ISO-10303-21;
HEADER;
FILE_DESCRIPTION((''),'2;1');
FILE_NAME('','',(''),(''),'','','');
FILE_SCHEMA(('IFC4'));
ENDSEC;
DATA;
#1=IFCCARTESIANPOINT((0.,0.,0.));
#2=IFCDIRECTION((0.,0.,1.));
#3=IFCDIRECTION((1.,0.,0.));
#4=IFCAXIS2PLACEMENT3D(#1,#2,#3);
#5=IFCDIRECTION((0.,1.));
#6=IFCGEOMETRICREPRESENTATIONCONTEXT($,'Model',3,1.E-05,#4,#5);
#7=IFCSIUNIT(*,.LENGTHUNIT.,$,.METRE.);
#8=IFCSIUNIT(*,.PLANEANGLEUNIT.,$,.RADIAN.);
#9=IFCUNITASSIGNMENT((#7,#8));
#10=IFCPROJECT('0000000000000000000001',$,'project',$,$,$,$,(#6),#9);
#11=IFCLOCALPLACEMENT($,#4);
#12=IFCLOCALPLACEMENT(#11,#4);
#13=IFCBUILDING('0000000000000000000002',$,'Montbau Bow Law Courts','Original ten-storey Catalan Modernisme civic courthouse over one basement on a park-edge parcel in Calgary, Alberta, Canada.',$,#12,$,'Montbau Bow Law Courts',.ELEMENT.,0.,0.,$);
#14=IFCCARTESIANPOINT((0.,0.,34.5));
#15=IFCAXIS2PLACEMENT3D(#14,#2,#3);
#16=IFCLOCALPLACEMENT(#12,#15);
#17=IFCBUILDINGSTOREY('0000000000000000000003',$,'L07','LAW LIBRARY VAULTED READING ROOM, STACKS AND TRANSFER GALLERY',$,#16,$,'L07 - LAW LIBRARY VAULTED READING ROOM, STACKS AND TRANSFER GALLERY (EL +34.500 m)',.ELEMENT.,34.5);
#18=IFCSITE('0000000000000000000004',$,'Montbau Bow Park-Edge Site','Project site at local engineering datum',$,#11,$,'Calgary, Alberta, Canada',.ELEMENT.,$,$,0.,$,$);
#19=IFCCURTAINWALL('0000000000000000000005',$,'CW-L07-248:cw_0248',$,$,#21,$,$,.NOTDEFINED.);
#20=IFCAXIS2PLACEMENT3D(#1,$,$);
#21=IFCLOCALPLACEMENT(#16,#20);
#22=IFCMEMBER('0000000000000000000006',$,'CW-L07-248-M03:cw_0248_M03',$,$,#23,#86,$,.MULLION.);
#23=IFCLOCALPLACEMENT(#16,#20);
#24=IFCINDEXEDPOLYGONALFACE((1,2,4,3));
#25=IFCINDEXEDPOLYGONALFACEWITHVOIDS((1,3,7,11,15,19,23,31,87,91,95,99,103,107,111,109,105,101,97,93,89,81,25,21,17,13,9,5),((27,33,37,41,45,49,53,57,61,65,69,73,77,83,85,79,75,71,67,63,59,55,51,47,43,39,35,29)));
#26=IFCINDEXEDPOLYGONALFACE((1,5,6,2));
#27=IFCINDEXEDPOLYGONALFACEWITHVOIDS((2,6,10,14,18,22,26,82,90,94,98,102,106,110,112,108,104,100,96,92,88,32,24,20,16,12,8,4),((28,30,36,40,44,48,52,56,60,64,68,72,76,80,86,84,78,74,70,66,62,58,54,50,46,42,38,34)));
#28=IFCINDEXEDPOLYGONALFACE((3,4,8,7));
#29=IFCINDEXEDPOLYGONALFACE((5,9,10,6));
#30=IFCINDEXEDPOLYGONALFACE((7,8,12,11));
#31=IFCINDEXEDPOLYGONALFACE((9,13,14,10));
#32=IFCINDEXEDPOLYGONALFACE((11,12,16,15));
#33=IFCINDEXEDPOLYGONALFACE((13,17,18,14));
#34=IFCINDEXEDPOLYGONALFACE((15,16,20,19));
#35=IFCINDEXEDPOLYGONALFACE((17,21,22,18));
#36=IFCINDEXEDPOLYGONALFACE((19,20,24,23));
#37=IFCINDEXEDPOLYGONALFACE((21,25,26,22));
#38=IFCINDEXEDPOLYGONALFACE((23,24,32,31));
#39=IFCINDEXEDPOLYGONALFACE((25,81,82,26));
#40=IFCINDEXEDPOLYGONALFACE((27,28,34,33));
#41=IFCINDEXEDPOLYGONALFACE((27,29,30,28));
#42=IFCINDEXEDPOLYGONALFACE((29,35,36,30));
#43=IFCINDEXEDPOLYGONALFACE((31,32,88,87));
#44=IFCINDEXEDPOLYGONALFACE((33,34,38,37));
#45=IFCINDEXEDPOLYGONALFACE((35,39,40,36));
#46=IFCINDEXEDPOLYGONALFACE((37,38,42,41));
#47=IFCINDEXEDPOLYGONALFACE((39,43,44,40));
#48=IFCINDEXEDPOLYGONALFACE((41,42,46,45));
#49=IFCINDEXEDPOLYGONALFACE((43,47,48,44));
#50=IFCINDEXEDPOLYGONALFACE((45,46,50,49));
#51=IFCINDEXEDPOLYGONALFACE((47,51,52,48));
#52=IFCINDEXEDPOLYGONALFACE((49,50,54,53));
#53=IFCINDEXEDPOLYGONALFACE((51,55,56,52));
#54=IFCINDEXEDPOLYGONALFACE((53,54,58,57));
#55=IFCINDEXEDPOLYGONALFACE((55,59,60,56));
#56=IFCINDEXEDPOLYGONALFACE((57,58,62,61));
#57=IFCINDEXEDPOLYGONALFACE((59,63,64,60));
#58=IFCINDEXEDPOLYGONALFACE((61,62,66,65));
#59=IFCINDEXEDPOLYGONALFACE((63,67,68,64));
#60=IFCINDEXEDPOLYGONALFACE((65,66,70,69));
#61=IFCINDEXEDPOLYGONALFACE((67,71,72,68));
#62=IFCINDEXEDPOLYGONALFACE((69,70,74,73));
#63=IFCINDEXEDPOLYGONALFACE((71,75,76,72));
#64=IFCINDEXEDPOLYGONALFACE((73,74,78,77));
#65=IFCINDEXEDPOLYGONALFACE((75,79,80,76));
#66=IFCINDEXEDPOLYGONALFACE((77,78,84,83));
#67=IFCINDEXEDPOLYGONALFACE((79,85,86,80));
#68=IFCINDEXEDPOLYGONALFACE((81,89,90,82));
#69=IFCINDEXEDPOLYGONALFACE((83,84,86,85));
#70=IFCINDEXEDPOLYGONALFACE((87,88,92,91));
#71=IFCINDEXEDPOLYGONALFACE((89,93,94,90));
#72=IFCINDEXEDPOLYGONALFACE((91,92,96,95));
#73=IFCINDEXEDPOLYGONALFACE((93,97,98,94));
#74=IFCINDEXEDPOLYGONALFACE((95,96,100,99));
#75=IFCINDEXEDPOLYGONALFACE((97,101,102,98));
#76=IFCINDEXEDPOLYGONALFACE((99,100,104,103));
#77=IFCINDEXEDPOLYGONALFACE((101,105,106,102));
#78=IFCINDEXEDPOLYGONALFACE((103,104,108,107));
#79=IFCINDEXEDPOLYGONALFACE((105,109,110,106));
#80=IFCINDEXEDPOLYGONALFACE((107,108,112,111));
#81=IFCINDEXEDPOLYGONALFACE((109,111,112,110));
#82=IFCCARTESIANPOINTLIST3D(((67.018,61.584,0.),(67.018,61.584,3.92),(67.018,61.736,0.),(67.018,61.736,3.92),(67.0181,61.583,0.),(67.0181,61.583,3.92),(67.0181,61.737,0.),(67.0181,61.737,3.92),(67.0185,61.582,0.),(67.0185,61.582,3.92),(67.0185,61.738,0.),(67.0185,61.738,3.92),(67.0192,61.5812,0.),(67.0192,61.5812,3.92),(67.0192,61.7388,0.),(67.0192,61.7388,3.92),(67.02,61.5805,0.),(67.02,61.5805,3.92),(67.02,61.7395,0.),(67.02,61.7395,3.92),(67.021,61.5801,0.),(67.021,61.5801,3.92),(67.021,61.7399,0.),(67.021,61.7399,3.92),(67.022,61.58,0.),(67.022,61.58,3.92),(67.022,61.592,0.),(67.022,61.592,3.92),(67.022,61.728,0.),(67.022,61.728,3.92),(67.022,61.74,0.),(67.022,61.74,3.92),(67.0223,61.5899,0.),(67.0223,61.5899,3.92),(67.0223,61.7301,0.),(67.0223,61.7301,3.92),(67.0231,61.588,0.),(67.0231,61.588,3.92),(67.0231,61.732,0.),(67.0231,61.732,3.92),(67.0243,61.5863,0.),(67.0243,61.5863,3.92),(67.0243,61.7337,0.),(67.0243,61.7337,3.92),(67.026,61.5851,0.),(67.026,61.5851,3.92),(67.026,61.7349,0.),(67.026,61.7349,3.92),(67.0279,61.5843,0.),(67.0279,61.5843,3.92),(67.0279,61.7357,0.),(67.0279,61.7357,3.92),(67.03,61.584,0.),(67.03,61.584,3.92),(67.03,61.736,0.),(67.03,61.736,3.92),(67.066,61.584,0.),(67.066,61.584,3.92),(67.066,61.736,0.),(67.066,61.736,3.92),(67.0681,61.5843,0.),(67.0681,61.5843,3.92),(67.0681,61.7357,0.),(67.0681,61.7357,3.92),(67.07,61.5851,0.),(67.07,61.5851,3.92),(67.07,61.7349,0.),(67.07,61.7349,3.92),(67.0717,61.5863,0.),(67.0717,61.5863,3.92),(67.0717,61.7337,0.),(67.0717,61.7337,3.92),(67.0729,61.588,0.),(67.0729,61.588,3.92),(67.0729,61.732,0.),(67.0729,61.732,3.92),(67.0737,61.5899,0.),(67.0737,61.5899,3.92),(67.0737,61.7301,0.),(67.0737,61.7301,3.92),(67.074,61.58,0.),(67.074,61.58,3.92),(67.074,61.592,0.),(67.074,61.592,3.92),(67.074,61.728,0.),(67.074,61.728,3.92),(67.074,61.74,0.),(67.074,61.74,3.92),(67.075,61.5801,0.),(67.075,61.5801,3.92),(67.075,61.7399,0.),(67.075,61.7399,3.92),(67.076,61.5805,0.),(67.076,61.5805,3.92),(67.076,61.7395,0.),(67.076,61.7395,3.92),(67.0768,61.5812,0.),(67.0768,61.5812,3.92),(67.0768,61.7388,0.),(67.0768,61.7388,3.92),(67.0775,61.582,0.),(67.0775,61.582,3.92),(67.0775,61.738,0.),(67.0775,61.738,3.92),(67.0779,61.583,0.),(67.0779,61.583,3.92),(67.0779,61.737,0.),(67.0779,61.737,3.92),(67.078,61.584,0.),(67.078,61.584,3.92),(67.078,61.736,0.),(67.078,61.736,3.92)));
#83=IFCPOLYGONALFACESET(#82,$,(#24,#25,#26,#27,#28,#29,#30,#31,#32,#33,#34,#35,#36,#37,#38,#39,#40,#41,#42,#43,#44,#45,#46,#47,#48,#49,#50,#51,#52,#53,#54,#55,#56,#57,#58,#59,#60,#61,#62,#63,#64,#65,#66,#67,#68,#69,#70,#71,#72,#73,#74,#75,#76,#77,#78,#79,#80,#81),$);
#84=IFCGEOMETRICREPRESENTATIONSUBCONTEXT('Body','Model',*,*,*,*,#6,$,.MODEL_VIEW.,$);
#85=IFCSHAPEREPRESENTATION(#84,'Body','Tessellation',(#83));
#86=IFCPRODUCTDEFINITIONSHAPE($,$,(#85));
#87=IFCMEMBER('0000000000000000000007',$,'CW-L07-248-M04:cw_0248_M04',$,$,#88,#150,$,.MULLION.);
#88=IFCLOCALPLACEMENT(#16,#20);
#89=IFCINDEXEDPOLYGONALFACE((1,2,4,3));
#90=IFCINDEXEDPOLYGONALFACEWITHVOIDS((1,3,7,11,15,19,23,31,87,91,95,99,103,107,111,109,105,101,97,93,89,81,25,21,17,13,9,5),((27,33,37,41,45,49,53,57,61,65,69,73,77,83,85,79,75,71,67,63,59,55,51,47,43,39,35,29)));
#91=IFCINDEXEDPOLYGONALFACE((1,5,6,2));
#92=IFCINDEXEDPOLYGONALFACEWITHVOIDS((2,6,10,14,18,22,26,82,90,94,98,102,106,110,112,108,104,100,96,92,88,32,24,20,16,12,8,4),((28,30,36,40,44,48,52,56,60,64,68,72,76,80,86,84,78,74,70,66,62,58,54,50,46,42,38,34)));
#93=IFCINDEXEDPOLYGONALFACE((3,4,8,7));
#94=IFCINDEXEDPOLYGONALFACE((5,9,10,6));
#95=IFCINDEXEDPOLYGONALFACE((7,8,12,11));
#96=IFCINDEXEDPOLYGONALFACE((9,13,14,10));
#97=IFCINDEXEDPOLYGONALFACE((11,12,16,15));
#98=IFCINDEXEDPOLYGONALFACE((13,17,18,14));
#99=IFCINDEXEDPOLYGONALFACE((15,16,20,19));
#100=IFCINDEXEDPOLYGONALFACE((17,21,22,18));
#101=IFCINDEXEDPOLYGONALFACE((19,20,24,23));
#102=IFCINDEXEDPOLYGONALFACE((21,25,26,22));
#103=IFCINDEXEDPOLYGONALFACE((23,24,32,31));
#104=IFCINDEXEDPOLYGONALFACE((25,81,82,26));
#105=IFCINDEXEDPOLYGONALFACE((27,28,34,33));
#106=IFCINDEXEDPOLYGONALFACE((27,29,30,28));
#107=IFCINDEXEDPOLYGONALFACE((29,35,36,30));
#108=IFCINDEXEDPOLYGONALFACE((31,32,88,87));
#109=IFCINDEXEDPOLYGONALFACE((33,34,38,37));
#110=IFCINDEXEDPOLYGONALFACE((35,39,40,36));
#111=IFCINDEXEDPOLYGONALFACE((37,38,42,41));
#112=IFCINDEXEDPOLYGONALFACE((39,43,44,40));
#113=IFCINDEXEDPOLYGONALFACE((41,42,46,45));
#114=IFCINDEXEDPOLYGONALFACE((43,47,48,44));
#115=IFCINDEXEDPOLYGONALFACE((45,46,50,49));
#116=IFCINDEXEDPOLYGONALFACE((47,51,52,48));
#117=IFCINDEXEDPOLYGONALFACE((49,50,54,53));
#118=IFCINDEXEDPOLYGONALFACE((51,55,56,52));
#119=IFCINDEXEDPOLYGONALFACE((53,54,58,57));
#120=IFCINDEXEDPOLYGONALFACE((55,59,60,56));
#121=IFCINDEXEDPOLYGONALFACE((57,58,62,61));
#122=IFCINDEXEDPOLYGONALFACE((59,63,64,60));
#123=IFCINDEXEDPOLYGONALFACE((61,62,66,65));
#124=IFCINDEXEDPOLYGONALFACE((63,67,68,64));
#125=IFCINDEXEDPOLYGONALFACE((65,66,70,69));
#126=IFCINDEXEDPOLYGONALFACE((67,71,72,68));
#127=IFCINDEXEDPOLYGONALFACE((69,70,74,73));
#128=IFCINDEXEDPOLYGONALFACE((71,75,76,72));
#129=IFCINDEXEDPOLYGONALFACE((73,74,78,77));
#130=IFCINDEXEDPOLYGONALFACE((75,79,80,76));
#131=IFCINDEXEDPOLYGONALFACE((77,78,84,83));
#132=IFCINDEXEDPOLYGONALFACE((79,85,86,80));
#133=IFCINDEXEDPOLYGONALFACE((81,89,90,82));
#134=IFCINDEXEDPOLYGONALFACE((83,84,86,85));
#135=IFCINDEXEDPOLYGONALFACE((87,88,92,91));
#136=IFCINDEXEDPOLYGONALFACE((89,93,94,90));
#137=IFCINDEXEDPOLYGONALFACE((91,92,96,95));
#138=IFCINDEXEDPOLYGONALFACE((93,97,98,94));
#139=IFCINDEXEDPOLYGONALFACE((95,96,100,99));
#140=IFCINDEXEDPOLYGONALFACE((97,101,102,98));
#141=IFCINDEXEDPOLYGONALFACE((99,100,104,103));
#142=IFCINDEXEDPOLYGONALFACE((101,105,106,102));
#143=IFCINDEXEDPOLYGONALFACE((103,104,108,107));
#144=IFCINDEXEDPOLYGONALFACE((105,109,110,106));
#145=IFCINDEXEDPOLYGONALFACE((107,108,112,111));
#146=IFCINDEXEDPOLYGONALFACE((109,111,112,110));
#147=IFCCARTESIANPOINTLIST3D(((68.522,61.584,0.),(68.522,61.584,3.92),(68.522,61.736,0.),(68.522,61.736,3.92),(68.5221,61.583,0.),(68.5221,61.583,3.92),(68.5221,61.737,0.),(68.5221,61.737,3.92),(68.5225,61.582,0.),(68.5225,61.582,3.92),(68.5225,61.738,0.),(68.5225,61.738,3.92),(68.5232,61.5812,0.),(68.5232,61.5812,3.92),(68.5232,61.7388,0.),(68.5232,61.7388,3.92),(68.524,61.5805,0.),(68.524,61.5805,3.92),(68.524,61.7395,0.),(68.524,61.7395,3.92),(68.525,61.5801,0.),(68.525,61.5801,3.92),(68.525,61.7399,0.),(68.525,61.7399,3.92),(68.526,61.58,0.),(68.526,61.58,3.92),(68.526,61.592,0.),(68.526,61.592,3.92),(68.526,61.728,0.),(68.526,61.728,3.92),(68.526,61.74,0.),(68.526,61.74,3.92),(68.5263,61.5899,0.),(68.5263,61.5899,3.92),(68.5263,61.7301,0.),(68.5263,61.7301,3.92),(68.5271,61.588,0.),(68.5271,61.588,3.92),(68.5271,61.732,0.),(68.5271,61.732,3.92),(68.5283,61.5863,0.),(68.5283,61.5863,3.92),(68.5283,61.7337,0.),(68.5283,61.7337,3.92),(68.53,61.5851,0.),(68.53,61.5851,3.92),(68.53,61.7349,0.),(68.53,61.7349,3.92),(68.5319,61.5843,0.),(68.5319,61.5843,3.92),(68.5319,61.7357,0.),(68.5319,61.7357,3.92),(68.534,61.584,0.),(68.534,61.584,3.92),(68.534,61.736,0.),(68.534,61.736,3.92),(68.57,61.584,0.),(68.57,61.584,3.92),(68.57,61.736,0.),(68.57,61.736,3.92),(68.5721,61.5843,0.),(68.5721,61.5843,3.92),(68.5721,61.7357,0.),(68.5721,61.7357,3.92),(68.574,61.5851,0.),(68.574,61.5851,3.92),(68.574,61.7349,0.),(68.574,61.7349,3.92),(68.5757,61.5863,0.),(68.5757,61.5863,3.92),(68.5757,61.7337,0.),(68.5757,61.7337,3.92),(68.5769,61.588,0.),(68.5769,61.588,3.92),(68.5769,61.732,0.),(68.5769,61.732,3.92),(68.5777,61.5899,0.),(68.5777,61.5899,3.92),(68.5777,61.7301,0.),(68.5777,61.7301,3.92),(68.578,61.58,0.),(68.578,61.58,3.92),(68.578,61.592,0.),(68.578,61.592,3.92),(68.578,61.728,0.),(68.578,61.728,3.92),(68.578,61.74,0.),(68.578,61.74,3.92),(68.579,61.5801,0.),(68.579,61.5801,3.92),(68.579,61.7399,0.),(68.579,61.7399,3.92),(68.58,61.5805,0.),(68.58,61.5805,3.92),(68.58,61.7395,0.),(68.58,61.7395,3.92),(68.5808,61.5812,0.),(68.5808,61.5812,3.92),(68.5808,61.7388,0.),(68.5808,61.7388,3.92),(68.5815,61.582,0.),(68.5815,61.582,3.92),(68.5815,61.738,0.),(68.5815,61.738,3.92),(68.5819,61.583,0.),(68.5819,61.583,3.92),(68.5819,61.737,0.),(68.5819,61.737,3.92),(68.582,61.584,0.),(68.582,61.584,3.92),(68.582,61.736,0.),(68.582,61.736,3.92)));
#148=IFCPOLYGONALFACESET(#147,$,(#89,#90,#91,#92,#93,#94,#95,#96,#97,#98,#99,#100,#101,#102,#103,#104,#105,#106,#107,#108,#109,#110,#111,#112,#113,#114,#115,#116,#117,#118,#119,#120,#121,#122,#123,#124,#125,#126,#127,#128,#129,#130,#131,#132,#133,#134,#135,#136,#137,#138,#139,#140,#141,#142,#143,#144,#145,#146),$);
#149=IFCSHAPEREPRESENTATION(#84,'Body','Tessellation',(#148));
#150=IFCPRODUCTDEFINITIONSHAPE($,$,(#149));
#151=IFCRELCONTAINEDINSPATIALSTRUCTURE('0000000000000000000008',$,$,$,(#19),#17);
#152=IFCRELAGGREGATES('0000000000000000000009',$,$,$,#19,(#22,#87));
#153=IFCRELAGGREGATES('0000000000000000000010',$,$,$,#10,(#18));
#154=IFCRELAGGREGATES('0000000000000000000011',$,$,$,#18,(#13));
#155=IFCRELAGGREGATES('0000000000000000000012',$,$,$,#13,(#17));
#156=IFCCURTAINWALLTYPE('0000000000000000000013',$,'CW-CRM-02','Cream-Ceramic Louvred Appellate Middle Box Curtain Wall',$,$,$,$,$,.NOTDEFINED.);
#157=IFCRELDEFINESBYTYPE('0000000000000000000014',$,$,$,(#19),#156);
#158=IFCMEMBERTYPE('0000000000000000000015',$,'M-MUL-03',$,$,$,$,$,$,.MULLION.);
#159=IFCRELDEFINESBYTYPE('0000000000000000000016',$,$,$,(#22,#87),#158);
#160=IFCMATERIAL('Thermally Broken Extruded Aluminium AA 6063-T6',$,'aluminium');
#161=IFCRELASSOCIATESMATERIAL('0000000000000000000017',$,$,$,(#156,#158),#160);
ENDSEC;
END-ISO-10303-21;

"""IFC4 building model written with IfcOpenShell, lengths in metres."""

from ifc_helpers import new_model, si_unit, direction, frame, origin_with_axes, origin_2d_with_axis, place, context, subcontext, project, spatial, hollow_rectangle, extrude, material, material_profile, profile_set, type_object, element, aggregate, save


model = new_model("IFC4")

# Units and contexts
model_context = context("Model", 3, precision=1e-05, world=origin_with_axes(), true_north=direction((0.0, 1.0)))
body_context = subcontext(model_context, "Body", "Model", "MODEL_VIEW")
ifc_project = project(units=[si_unit("LENGTHUNIT", "METRE"), si_unit("PLANEANGLEUNIT", "RADIAN")], contexts=[model_context])

# Site, building, storey
site_placement = place(None, origin_with_axes())
site = spatial("IfcSite", under=ifc_project, at=site_placement, Name="Montbau Bow Park-Edge Site", Description="Project site at local engineering datum", LongName="Calgary, Alberta, Canada", CompositionType="ELEMENT", RefElevation=0.0)
building_placement = place(site_placement, origin_with_axes())
building = spatial("IfcBuilding", under=site, at=building_placement, Name="Montbau Bow Law Courts", Description="Original ten-storey Catalan Modernisme civic courthouse over one basement on a park-edge parcel in Calgary, Alberta, Canada.", LongName="Montbau Bow Law Courts", CompositionType="ELEMENT", ElevationOfRefHeight=0.0, ElevationOfTerrain=0.0)
storey_placement = place(building_placement, frame((0.0, 0.0, 34.5), z_axis=(0.0, 0.0, 1.0), x_axis=(1.0, 0.0, 0.0)))
storey = spatial("IfcBuildingStorey", under=building, at=storey_placement, Name="L07", Description="LAW LIBRARY VAULTED READING ROOM, STACKS AND TRANSFER GALLERY", LongName="L07 - LAW LIBRARY VAULTED READING ROOM, STACKS AND TRANSFER GALLERY (EL +34.500 m)", CompositionType="ELEMENT", Elevation=34.5)

# Curtain wall, members
ifc_material_1 = material(Name="Thermally Broken Extruded Aluminium AA 6063-T6", Category="aluminium")
curtain_wall_type = type_object("IfcCurtainWallType", Name="CW-CRM-02", Description="Cream-Ceramic Louvred Appellate Middle Box Curtain Wall", PredefinedType="NOTDEFINED", material=ifc_material_1)
curtain_wall_placement = place(None, frame((64.04, 61.66, 34.5), z_axis=(0.0, 0.0, 1.0), x_axis=(1.0, 0.0, 0.0)))
curtain_wall = element("IfcCurtainWall", 1, at=curtain_wall_placement, inside=storey, type_object=curtain_wall_type, Name="CW-L07-248:cw_0248", PredefinedType="NOTDEFINED")
ifc_material_profile_1 = material_profile(ifc_material_1, hollow_rectangle(XDim=0.06, YDim=0.16, WallThickness=0.004, InnerFilletRadius=0.008, OuterFilletRadius=0.004, at=origin_2d_with_axis()), Name="CWM-160X60", Category="Main", Priority=0)
ifc_profile_set_1 = profile_set([ifc_material_profile_1], Name="Thermally Broken Extruded Aluminium AA 6063-T6")
member_type_1 = type_object("IfcMemberType", Name="M-MUL-03", PredefinedType="MULLION", material=ifc_profile_set_1)
member_1_placement = place(None, frame((67.048, 61.66, 34.5), z_axis=(0.0, 0.0, 1.0), x_axis=(1.0, 0.0, 0.0)))
member_1 = element("IfcMember", 2, at=member_1_placement, type_object=member_type_1, Name="CW-L07-248-M03:cw_0248_M03", PredefinedType="MULLION", context=body_context, shape_type="SweptSolid", body=[
    extrude(hollow_rectangle(XDim=0.06, YDim=0.16, WallThickness=0.004, InnerFilletRadius=0.008, OuterFilletRadius=0.004, at=origin_2d_with_axis()), origin_with_axes(), (0.0, 0.0, 1.0), 3.92),
])
member_2_placement = place(None, frame((68.552, 61.66, 34.5), z_axis=(0.0, 0.0, 1.0), x_axis=(1.0, 0.0, 0.0)))
member_2 = element("IfcMember", 3, at=member_2_placement, type_object=member_type_1, Name="CW-L07-248-M04:cw_0248_M04", PredefinedType="MULLION", context=body_context, shape_type="SweptSolid", body=[
    extrude(hollow_rectangle(XDim=0.06, YDim=0.16, WallThickness=0.004, InnerFilletRadius=0.008, OuterFilletRadius=0.004, at=origin_2d_with_axis()), origin_with_axes(), (0.0, 0.0, 1.0), 3.92),
])
aggregate(curtain_wall, [member_1, member_2])

save(model, "model.ifc")
